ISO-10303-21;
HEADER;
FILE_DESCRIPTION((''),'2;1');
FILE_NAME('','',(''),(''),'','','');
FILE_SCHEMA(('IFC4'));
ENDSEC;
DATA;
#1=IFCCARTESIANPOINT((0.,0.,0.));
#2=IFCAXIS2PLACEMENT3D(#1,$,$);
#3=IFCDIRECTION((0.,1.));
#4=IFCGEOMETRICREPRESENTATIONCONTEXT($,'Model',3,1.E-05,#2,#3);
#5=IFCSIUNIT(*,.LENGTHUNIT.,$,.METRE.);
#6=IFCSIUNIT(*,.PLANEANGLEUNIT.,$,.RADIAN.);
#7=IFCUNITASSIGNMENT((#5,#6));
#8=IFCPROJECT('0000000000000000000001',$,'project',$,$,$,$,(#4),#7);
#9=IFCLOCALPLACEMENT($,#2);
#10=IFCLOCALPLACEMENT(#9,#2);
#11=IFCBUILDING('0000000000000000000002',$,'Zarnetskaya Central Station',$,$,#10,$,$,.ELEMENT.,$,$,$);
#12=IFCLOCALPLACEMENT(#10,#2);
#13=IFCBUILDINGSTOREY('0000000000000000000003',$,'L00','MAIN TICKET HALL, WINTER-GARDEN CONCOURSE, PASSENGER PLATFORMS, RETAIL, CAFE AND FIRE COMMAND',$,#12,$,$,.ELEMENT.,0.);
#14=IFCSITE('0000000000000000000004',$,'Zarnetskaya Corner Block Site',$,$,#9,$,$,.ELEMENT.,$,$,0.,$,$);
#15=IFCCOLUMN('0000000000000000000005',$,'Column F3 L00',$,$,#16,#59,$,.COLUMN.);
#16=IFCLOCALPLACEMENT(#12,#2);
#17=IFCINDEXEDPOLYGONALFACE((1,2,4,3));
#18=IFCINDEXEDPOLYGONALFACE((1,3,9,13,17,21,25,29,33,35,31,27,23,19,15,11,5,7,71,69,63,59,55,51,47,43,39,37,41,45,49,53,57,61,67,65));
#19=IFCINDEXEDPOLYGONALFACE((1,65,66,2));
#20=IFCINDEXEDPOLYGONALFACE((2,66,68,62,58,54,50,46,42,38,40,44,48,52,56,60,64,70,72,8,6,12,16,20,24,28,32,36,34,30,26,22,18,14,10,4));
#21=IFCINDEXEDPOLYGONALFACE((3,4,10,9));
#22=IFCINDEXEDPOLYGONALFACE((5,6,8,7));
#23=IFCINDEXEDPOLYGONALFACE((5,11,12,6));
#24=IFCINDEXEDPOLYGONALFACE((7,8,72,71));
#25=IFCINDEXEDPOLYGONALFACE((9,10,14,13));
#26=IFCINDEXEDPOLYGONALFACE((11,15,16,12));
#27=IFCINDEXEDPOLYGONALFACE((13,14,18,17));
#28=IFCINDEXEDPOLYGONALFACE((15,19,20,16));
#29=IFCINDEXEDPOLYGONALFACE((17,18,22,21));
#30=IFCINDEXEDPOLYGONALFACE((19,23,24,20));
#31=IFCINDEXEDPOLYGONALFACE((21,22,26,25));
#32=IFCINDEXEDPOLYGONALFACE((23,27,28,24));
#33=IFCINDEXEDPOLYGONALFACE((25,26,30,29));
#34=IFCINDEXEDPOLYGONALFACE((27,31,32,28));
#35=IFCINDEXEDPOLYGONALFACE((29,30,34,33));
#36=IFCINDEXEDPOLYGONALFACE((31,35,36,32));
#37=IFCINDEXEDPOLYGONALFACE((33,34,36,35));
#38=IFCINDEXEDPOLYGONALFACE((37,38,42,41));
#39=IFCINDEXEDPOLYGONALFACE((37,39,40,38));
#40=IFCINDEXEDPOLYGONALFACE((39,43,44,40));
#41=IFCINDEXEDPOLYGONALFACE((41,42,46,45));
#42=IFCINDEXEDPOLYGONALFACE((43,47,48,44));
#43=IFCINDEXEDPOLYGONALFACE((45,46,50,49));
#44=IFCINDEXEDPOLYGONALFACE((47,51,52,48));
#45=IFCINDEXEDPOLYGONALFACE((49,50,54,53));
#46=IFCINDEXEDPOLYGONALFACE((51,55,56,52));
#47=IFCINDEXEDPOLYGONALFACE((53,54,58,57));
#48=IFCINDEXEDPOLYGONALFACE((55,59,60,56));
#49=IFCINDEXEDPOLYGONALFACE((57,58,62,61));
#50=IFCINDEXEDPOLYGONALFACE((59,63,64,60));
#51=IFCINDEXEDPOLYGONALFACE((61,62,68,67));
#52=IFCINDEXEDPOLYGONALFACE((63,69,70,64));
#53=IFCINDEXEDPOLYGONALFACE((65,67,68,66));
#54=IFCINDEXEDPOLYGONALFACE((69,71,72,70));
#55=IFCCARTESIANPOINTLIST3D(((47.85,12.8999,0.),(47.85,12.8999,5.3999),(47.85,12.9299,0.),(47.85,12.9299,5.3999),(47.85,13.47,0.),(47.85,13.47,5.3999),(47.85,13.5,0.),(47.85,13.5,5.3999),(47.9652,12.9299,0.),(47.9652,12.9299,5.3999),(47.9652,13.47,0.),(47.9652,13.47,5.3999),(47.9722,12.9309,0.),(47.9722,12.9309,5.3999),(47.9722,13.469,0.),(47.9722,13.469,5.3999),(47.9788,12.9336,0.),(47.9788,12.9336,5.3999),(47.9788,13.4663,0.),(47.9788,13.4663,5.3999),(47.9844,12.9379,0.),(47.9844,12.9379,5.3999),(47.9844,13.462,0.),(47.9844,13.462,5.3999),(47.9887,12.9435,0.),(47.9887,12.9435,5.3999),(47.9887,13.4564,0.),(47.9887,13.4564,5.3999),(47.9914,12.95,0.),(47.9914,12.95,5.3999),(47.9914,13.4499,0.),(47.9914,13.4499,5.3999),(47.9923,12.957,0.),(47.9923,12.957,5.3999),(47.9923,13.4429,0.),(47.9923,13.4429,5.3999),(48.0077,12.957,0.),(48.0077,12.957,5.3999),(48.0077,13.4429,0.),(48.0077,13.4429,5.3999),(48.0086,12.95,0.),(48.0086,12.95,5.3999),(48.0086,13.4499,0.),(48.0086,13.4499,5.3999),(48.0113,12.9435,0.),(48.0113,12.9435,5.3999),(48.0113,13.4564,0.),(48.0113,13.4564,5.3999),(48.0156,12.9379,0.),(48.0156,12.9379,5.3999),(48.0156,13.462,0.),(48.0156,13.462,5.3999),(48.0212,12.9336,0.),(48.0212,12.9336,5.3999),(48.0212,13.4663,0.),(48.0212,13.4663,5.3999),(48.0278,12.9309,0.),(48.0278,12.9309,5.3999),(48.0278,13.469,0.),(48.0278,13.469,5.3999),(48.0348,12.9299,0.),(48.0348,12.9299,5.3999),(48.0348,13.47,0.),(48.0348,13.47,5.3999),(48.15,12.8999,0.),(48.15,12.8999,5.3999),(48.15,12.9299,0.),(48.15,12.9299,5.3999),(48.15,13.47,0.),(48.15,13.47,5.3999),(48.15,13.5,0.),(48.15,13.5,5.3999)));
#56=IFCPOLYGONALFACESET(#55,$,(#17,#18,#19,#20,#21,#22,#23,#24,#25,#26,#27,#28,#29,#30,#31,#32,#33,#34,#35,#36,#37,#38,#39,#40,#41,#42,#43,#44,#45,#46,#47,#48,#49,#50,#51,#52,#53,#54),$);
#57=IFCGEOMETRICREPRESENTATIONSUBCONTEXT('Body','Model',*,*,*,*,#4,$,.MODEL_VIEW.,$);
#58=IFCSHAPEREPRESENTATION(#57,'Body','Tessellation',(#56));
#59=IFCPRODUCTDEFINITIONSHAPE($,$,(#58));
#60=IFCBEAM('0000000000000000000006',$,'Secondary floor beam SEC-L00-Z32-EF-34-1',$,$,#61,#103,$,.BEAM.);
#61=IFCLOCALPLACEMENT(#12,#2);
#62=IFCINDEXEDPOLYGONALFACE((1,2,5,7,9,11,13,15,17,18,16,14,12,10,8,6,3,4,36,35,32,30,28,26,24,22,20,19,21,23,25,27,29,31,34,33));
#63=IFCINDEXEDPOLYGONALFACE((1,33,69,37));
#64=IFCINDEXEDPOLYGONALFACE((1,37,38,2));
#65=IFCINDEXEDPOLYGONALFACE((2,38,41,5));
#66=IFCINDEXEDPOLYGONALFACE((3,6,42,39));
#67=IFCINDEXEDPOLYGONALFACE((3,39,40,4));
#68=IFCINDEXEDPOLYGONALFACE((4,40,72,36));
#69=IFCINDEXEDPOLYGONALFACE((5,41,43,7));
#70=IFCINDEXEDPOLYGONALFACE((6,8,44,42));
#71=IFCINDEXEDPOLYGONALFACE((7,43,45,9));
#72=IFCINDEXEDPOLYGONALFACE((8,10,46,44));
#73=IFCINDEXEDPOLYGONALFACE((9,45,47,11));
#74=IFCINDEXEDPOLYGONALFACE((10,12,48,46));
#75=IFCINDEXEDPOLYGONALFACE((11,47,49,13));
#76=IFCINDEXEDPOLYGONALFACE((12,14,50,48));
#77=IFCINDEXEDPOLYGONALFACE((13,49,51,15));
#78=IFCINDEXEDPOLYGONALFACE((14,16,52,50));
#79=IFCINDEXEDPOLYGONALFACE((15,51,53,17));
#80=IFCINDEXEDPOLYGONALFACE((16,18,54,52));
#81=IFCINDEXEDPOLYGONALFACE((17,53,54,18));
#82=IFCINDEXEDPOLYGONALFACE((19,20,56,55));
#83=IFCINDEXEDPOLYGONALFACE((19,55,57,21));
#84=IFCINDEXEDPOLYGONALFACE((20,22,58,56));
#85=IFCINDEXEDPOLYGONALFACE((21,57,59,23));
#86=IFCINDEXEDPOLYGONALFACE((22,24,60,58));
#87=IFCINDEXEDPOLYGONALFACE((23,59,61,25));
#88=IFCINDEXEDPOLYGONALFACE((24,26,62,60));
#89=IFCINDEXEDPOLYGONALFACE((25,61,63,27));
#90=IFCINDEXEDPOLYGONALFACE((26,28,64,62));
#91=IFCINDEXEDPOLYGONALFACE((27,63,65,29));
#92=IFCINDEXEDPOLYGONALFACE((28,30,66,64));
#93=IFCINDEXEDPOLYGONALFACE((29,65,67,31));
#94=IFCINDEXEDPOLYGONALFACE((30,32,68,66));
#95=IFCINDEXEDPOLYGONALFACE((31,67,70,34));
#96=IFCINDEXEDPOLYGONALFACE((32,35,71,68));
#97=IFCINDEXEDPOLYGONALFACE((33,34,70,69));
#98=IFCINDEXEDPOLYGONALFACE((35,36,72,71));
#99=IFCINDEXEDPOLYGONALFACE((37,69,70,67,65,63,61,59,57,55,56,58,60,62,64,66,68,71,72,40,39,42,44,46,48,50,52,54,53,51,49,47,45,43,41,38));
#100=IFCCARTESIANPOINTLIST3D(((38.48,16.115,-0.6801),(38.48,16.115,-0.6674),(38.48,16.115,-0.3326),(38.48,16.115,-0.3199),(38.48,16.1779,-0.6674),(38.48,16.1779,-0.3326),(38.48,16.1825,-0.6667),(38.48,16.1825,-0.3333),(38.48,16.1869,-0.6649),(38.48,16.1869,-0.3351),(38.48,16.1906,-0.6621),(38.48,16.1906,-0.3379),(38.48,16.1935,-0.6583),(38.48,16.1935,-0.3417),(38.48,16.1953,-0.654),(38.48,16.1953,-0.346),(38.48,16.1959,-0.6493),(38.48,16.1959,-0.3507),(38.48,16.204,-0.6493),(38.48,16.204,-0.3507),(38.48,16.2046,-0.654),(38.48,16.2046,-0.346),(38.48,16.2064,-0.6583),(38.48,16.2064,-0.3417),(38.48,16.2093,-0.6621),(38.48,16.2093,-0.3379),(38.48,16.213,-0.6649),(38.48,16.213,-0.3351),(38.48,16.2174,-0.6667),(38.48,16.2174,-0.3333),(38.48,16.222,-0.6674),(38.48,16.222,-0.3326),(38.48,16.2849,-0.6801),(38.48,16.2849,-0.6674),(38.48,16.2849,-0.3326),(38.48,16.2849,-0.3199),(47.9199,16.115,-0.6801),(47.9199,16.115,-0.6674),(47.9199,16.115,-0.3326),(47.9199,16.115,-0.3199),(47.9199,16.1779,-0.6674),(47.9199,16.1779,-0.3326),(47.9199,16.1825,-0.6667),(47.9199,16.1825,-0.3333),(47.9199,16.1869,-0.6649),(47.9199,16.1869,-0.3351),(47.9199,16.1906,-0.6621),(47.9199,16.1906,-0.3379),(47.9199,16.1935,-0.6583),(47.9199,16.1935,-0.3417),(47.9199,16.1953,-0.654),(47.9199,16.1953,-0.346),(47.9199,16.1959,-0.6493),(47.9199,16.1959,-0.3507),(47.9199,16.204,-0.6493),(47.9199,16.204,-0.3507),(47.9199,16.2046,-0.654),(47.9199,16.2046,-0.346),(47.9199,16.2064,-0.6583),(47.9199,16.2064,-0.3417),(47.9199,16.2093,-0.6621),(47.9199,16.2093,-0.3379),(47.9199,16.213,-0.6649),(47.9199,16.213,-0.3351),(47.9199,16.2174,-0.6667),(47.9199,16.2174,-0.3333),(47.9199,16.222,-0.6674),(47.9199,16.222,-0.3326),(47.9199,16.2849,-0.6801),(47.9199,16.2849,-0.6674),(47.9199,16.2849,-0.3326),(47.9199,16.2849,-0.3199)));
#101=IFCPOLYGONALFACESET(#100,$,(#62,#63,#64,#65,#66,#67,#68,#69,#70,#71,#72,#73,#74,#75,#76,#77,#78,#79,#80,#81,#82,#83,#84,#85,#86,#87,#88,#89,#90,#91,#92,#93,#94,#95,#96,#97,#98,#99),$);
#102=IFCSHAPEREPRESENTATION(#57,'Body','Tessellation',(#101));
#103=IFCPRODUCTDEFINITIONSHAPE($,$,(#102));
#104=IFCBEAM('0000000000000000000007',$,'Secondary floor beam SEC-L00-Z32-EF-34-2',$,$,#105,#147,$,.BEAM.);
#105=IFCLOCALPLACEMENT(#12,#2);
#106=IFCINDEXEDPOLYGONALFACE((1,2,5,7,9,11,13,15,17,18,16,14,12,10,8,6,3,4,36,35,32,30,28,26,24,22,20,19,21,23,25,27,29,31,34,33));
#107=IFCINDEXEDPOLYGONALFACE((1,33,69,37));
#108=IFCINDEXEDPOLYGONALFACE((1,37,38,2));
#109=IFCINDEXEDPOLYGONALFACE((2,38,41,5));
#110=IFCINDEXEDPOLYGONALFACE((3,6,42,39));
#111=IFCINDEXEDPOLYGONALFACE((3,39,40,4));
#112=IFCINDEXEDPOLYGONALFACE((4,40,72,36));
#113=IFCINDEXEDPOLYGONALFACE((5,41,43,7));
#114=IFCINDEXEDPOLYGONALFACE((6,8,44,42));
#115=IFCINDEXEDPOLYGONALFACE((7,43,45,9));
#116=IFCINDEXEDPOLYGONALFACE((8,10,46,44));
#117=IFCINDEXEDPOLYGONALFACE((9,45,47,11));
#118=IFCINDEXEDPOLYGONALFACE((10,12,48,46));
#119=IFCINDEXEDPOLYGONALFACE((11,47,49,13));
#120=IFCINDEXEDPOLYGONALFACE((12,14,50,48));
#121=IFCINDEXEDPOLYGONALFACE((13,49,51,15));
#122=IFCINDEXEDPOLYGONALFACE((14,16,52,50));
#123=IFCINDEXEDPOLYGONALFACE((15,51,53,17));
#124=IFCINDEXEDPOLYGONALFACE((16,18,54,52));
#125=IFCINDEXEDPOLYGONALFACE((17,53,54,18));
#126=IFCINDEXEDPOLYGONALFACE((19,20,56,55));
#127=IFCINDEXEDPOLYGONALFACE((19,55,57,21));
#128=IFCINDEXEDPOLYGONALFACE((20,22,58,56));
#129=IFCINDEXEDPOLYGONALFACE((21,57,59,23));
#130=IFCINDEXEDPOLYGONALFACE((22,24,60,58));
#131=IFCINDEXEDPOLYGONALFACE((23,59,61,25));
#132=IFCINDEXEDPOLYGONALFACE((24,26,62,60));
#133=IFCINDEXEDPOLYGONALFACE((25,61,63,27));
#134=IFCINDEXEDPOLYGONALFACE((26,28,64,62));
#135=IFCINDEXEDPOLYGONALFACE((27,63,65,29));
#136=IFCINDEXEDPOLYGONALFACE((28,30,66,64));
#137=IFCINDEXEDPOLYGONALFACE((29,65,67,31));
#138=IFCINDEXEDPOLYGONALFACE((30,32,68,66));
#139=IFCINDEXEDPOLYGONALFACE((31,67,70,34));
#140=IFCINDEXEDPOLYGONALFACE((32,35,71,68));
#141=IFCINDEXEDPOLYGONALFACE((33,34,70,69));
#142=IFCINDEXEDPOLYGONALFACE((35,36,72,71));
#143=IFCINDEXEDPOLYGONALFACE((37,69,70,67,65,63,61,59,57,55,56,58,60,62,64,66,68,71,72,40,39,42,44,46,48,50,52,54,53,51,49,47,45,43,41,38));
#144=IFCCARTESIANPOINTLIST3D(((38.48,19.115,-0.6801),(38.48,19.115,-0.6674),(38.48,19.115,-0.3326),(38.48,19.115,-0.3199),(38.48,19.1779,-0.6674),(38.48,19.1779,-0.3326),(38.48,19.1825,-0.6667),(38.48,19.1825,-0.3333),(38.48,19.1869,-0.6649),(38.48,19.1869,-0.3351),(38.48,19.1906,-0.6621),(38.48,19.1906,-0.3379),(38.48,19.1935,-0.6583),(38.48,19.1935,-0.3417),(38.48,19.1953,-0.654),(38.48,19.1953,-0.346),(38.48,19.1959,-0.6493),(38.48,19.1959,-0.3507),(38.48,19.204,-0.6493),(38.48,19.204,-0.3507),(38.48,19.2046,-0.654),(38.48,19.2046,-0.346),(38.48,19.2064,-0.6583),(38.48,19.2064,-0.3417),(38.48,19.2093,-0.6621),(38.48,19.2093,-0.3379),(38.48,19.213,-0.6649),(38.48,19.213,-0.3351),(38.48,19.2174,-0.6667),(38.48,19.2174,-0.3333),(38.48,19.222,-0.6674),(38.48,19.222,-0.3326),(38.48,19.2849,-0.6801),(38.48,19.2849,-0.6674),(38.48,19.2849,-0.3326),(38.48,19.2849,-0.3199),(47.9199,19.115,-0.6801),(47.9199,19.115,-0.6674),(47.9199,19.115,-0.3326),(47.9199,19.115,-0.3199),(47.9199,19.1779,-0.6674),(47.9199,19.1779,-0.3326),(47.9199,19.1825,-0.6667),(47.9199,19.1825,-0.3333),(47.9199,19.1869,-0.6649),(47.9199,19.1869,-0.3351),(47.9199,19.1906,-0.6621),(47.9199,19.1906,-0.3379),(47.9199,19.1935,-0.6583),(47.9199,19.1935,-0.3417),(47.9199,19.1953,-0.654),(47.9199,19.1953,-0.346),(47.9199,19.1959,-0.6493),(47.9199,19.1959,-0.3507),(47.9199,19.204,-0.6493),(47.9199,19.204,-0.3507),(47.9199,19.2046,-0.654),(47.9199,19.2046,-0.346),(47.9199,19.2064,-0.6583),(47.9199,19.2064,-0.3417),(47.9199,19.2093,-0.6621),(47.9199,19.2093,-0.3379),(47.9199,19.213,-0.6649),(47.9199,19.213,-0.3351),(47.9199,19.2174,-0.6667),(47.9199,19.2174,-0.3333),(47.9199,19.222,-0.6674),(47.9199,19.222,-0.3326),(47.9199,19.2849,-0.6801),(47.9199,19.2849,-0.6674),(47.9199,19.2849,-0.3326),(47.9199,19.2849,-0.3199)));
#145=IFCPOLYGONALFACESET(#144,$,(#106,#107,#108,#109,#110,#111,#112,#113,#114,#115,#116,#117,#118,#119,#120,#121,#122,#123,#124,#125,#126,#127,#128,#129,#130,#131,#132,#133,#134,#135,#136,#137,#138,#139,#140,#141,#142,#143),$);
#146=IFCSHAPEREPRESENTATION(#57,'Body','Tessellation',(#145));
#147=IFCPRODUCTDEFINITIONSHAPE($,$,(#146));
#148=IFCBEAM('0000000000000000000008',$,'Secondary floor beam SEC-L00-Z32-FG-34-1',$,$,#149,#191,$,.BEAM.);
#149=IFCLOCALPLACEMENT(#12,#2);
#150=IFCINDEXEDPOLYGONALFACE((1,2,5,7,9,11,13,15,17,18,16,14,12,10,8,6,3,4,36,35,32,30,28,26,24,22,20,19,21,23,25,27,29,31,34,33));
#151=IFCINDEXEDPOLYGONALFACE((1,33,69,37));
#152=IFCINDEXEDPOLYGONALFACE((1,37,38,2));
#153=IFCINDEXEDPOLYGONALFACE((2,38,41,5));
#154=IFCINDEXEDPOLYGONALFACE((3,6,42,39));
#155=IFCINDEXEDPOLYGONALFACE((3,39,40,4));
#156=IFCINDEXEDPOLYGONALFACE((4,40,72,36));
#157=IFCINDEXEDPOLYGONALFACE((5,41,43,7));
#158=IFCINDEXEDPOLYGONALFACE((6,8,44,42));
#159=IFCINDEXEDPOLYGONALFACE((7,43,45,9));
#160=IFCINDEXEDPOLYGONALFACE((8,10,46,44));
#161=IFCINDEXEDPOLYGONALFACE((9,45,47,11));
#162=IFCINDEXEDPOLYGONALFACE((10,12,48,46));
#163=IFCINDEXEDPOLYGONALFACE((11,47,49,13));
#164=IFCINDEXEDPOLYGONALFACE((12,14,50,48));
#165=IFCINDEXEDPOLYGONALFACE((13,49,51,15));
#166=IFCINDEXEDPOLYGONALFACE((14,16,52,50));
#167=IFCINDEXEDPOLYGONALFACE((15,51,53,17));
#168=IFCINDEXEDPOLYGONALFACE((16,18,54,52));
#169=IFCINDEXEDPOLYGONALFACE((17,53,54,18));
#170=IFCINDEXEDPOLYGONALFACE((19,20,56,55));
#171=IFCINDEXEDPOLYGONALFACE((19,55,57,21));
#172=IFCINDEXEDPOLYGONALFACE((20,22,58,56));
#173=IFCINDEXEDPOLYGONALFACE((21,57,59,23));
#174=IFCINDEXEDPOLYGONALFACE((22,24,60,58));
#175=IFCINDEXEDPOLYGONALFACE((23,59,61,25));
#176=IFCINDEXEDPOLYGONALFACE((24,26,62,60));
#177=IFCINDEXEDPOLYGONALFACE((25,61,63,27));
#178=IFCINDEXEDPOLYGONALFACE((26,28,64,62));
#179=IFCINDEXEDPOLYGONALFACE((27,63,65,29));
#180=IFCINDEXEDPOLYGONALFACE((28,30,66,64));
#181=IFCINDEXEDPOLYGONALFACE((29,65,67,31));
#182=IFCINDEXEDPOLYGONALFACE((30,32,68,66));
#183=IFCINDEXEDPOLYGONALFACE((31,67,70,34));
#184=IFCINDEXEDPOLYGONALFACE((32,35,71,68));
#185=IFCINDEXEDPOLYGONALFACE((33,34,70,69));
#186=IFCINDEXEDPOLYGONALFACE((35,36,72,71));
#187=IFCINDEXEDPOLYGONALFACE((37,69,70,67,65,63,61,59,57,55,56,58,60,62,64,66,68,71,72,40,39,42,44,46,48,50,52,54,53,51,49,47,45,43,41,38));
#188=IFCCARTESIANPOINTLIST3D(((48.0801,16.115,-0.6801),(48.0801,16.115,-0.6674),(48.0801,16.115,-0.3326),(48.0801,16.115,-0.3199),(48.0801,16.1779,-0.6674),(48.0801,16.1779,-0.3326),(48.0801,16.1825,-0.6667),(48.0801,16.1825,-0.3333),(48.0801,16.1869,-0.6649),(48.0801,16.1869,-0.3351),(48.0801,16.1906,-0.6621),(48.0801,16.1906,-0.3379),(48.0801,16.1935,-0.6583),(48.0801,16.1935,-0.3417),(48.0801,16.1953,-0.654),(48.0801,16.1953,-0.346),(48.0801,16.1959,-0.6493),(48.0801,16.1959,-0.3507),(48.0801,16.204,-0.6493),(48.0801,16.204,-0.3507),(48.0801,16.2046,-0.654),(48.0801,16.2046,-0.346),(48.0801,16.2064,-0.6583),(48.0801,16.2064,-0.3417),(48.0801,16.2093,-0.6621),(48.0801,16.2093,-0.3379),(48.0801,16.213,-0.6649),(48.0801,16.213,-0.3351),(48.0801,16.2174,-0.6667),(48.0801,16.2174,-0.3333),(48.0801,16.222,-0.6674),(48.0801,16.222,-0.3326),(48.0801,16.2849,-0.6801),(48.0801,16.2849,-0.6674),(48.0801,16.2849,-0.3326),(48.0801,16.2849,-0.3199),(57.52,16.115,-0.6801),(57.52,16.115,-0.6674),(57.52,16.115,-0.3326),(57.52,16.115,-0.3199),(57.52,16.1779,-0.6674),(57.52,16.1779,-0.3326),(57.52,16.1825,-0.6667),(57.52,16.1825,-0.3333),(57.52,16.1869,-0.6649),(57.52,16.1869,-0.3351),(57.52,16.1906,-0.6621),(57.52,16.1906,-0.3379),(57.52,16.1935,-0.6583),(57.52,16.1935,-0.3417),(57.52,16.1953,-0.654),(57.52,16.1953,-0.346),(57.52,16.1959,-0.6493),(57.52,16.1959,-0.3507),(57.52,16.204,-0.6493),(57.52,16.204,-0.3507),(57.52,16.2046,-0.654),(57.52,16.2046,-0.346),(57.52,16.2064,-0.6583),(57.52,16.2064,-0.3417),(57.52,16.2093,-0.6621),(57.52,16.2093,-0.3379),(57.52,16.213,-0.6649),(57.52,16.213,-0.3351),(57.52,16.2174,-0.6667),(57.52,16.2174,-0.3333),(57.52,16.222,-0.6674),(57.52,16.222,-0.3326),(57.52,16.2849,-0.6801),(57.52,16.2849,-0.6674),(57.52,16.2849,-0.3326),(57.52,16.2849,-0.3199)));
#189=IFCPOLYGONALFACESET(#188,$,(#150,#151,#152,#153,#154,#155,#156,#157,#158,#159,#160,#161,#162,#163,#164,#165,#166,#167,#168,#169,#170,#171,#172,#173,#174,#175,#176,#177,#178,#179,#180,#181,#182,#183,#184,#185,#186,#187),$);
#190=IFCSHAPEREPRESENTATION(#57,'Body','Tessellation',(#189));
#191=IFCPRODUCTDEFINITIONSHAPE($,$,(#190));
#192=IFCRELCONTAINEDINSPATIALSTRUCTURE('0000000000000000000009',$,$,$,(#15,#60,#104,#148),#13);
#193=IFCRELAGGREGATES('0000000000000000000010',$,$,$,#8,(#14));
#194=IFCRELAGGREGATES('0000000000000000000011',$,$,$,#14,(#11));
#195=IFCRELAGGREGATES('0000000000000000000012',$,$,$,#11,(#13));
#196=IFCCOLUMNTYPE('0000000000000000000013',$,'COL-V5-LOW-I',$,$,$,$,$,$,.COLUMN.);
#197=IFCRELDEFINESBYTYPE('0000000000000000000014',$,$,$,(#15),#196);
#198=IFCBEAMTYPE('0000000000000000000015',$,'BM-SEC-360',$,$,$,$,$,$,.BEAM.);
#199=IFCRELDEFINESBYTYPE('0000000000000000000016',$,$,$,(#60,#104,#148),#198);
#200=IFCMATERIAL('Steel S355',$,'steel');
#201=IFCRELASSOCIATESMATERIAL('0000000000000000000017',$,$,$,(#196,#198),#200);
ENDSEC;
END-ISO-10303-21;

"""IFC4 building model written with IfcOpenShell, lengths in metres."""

from ifc_helpers import new_model, si_unit, direction, frame, origin, origin_2d, place, context, subcontext, project, spatial, i_section, extrude, material, material_profile, profile_set, type_object, element, save


model = new_model("IFC4")

# Units and contexts
model_context = context("Model", 3, precision=1e-05, world=origin(), true_north=direction((0.0, 1.0)))
body_context = subcontext(model_context, "Body", "Model", "MODEL_VIEW")
ifc_project = project(units=[si_unit("LENGTHUNIT", "METRE"), si_unit("PLANEANGLEUNIT", "RADIAN")], contexts=[model_context])

# Site, building, storey
site_placement = place(None, origin())
site = spatial("IfcSite", under=ifc_project, at=site_placement, Name="Zarnetskaya Corner Block Site", CompositionType="ELEMENT", RefElevation=0.0)
building_placement = place(site_placement, origin())
building = spatial("IfcBuilding", under=site, at=building_placement, Name="Zarnetskaya Central Station", CompositionType="ELEMENT")
storey_placement = place(building_placement, origin())
storey = spatial("IfcBuildingStorey", under=building, at=storey_placement, Name="L00", Description="MAIN TICKET HALL, WINTER-GARDEN CONCOURSE, PASSENGER PLATFORMS, RETAIL, CAFE AND FIRE COMMAND", CompositionType="ELEMENT", Elevation=0.0)

# Column
ifc_material_1 = material(Name="Steel S355", Category="steel")
ifc_material_profile_1 = material_profile(ifc_material_1, i_section(OverallWidth=0.3, OverallDepth=0.6001, WebThickness=0.0154, FlangeThickness=0.03, FilletRadius=0.0271, at=origin_2d()), Name="HEB 600")
ifc_profile_set_1 = profile_set([ifc_material_profile_1], Name="Steel S355")
column_type = type_object("IfcColumnType", Name="COL-V5-LOW-I", PredefinedType="COLUMN", material=ifc_profile_set_1)
column_placement = place(storey_placement, frame((48.0, 13.2, 0.0), z_axis=(0.0, 0.0, 1.0), x_axis=(1.0, 0.0, 0.0)))
element("IfcColumn", 1, at=column_placement, inside=storey, type_object=column_type, Name="Column F3 L00", PredefinedType="COLUMN", context=body_context, shape_type="SweptSolid", body=[
    extrude(i_section(OverallWidth=0.3, OverallDepth=0.6001, WebThickness=0.0154, FlangeThickness=0.03, FilletRadius=0.0271, at=origin_2d()), origin(), (0.0, 0.0, 1.0), 5.3999),
])

# Beams
ifc_material_profile_2 = material_profile(ifc_material_1, i_section(OverallWidth=0.1699, OverallDepth=0.3601, WebThickness=0.0081, FlangeThickness=0.0127, FilletRadius=0.0181, at=origin_2d()), Name="IPE 360")
ifc_profile_set_2 = profile_set([ifc_material_profile_2], Name="Steel S355")
beam_type_1 = type_object("IfcBeamType", Name="BM-SEC-360", PredefinedType="BEAM", material=ifc_profile_set_2)
for number, where, z_axis, x_axis, name in (
    (2, (38.48, 16.2, -0.5), (1.0, 0.0, 0.0), (0.0, 1.0, 0.0), "Secondary floor beam SEC-L00-Z32-EF-34-1"),
    (3, (38.48, 19.2, -0.5), (1.0, 0.0, 0.0), (0.0, 1.0, 0.0), "Secondary floor beam SEC-L00-Z32-EF-34-2"),
    (4, (48.0801, 16.2, -0.5), (1.0, 0.0, 0.0), (0.0, 1.0, 0.0), "Secondary floor beam SEC-L00-Z32-FG-34-1"),
):
    element("IfcBeam", number, at=place(storey_placement, frame(where, z_axis=z_axis, x_axis=x_axis)), inside=storey, type_object=beam_type_1, Name=name, PredefinedType="BEAM", context=body_context, shape_type="SweptSolid", body=[
        extrude(i_section(OverallWidth=0.1699, OverallDepth=0.3601, WebThickness=0.0081, FlangeThickness=0.0127, FilletRadius=0.0181, at=origin_2d()), origin(), (0.0, 0.0, 1.0), 9.4399),
    ])

save(model, "model.ifc")
